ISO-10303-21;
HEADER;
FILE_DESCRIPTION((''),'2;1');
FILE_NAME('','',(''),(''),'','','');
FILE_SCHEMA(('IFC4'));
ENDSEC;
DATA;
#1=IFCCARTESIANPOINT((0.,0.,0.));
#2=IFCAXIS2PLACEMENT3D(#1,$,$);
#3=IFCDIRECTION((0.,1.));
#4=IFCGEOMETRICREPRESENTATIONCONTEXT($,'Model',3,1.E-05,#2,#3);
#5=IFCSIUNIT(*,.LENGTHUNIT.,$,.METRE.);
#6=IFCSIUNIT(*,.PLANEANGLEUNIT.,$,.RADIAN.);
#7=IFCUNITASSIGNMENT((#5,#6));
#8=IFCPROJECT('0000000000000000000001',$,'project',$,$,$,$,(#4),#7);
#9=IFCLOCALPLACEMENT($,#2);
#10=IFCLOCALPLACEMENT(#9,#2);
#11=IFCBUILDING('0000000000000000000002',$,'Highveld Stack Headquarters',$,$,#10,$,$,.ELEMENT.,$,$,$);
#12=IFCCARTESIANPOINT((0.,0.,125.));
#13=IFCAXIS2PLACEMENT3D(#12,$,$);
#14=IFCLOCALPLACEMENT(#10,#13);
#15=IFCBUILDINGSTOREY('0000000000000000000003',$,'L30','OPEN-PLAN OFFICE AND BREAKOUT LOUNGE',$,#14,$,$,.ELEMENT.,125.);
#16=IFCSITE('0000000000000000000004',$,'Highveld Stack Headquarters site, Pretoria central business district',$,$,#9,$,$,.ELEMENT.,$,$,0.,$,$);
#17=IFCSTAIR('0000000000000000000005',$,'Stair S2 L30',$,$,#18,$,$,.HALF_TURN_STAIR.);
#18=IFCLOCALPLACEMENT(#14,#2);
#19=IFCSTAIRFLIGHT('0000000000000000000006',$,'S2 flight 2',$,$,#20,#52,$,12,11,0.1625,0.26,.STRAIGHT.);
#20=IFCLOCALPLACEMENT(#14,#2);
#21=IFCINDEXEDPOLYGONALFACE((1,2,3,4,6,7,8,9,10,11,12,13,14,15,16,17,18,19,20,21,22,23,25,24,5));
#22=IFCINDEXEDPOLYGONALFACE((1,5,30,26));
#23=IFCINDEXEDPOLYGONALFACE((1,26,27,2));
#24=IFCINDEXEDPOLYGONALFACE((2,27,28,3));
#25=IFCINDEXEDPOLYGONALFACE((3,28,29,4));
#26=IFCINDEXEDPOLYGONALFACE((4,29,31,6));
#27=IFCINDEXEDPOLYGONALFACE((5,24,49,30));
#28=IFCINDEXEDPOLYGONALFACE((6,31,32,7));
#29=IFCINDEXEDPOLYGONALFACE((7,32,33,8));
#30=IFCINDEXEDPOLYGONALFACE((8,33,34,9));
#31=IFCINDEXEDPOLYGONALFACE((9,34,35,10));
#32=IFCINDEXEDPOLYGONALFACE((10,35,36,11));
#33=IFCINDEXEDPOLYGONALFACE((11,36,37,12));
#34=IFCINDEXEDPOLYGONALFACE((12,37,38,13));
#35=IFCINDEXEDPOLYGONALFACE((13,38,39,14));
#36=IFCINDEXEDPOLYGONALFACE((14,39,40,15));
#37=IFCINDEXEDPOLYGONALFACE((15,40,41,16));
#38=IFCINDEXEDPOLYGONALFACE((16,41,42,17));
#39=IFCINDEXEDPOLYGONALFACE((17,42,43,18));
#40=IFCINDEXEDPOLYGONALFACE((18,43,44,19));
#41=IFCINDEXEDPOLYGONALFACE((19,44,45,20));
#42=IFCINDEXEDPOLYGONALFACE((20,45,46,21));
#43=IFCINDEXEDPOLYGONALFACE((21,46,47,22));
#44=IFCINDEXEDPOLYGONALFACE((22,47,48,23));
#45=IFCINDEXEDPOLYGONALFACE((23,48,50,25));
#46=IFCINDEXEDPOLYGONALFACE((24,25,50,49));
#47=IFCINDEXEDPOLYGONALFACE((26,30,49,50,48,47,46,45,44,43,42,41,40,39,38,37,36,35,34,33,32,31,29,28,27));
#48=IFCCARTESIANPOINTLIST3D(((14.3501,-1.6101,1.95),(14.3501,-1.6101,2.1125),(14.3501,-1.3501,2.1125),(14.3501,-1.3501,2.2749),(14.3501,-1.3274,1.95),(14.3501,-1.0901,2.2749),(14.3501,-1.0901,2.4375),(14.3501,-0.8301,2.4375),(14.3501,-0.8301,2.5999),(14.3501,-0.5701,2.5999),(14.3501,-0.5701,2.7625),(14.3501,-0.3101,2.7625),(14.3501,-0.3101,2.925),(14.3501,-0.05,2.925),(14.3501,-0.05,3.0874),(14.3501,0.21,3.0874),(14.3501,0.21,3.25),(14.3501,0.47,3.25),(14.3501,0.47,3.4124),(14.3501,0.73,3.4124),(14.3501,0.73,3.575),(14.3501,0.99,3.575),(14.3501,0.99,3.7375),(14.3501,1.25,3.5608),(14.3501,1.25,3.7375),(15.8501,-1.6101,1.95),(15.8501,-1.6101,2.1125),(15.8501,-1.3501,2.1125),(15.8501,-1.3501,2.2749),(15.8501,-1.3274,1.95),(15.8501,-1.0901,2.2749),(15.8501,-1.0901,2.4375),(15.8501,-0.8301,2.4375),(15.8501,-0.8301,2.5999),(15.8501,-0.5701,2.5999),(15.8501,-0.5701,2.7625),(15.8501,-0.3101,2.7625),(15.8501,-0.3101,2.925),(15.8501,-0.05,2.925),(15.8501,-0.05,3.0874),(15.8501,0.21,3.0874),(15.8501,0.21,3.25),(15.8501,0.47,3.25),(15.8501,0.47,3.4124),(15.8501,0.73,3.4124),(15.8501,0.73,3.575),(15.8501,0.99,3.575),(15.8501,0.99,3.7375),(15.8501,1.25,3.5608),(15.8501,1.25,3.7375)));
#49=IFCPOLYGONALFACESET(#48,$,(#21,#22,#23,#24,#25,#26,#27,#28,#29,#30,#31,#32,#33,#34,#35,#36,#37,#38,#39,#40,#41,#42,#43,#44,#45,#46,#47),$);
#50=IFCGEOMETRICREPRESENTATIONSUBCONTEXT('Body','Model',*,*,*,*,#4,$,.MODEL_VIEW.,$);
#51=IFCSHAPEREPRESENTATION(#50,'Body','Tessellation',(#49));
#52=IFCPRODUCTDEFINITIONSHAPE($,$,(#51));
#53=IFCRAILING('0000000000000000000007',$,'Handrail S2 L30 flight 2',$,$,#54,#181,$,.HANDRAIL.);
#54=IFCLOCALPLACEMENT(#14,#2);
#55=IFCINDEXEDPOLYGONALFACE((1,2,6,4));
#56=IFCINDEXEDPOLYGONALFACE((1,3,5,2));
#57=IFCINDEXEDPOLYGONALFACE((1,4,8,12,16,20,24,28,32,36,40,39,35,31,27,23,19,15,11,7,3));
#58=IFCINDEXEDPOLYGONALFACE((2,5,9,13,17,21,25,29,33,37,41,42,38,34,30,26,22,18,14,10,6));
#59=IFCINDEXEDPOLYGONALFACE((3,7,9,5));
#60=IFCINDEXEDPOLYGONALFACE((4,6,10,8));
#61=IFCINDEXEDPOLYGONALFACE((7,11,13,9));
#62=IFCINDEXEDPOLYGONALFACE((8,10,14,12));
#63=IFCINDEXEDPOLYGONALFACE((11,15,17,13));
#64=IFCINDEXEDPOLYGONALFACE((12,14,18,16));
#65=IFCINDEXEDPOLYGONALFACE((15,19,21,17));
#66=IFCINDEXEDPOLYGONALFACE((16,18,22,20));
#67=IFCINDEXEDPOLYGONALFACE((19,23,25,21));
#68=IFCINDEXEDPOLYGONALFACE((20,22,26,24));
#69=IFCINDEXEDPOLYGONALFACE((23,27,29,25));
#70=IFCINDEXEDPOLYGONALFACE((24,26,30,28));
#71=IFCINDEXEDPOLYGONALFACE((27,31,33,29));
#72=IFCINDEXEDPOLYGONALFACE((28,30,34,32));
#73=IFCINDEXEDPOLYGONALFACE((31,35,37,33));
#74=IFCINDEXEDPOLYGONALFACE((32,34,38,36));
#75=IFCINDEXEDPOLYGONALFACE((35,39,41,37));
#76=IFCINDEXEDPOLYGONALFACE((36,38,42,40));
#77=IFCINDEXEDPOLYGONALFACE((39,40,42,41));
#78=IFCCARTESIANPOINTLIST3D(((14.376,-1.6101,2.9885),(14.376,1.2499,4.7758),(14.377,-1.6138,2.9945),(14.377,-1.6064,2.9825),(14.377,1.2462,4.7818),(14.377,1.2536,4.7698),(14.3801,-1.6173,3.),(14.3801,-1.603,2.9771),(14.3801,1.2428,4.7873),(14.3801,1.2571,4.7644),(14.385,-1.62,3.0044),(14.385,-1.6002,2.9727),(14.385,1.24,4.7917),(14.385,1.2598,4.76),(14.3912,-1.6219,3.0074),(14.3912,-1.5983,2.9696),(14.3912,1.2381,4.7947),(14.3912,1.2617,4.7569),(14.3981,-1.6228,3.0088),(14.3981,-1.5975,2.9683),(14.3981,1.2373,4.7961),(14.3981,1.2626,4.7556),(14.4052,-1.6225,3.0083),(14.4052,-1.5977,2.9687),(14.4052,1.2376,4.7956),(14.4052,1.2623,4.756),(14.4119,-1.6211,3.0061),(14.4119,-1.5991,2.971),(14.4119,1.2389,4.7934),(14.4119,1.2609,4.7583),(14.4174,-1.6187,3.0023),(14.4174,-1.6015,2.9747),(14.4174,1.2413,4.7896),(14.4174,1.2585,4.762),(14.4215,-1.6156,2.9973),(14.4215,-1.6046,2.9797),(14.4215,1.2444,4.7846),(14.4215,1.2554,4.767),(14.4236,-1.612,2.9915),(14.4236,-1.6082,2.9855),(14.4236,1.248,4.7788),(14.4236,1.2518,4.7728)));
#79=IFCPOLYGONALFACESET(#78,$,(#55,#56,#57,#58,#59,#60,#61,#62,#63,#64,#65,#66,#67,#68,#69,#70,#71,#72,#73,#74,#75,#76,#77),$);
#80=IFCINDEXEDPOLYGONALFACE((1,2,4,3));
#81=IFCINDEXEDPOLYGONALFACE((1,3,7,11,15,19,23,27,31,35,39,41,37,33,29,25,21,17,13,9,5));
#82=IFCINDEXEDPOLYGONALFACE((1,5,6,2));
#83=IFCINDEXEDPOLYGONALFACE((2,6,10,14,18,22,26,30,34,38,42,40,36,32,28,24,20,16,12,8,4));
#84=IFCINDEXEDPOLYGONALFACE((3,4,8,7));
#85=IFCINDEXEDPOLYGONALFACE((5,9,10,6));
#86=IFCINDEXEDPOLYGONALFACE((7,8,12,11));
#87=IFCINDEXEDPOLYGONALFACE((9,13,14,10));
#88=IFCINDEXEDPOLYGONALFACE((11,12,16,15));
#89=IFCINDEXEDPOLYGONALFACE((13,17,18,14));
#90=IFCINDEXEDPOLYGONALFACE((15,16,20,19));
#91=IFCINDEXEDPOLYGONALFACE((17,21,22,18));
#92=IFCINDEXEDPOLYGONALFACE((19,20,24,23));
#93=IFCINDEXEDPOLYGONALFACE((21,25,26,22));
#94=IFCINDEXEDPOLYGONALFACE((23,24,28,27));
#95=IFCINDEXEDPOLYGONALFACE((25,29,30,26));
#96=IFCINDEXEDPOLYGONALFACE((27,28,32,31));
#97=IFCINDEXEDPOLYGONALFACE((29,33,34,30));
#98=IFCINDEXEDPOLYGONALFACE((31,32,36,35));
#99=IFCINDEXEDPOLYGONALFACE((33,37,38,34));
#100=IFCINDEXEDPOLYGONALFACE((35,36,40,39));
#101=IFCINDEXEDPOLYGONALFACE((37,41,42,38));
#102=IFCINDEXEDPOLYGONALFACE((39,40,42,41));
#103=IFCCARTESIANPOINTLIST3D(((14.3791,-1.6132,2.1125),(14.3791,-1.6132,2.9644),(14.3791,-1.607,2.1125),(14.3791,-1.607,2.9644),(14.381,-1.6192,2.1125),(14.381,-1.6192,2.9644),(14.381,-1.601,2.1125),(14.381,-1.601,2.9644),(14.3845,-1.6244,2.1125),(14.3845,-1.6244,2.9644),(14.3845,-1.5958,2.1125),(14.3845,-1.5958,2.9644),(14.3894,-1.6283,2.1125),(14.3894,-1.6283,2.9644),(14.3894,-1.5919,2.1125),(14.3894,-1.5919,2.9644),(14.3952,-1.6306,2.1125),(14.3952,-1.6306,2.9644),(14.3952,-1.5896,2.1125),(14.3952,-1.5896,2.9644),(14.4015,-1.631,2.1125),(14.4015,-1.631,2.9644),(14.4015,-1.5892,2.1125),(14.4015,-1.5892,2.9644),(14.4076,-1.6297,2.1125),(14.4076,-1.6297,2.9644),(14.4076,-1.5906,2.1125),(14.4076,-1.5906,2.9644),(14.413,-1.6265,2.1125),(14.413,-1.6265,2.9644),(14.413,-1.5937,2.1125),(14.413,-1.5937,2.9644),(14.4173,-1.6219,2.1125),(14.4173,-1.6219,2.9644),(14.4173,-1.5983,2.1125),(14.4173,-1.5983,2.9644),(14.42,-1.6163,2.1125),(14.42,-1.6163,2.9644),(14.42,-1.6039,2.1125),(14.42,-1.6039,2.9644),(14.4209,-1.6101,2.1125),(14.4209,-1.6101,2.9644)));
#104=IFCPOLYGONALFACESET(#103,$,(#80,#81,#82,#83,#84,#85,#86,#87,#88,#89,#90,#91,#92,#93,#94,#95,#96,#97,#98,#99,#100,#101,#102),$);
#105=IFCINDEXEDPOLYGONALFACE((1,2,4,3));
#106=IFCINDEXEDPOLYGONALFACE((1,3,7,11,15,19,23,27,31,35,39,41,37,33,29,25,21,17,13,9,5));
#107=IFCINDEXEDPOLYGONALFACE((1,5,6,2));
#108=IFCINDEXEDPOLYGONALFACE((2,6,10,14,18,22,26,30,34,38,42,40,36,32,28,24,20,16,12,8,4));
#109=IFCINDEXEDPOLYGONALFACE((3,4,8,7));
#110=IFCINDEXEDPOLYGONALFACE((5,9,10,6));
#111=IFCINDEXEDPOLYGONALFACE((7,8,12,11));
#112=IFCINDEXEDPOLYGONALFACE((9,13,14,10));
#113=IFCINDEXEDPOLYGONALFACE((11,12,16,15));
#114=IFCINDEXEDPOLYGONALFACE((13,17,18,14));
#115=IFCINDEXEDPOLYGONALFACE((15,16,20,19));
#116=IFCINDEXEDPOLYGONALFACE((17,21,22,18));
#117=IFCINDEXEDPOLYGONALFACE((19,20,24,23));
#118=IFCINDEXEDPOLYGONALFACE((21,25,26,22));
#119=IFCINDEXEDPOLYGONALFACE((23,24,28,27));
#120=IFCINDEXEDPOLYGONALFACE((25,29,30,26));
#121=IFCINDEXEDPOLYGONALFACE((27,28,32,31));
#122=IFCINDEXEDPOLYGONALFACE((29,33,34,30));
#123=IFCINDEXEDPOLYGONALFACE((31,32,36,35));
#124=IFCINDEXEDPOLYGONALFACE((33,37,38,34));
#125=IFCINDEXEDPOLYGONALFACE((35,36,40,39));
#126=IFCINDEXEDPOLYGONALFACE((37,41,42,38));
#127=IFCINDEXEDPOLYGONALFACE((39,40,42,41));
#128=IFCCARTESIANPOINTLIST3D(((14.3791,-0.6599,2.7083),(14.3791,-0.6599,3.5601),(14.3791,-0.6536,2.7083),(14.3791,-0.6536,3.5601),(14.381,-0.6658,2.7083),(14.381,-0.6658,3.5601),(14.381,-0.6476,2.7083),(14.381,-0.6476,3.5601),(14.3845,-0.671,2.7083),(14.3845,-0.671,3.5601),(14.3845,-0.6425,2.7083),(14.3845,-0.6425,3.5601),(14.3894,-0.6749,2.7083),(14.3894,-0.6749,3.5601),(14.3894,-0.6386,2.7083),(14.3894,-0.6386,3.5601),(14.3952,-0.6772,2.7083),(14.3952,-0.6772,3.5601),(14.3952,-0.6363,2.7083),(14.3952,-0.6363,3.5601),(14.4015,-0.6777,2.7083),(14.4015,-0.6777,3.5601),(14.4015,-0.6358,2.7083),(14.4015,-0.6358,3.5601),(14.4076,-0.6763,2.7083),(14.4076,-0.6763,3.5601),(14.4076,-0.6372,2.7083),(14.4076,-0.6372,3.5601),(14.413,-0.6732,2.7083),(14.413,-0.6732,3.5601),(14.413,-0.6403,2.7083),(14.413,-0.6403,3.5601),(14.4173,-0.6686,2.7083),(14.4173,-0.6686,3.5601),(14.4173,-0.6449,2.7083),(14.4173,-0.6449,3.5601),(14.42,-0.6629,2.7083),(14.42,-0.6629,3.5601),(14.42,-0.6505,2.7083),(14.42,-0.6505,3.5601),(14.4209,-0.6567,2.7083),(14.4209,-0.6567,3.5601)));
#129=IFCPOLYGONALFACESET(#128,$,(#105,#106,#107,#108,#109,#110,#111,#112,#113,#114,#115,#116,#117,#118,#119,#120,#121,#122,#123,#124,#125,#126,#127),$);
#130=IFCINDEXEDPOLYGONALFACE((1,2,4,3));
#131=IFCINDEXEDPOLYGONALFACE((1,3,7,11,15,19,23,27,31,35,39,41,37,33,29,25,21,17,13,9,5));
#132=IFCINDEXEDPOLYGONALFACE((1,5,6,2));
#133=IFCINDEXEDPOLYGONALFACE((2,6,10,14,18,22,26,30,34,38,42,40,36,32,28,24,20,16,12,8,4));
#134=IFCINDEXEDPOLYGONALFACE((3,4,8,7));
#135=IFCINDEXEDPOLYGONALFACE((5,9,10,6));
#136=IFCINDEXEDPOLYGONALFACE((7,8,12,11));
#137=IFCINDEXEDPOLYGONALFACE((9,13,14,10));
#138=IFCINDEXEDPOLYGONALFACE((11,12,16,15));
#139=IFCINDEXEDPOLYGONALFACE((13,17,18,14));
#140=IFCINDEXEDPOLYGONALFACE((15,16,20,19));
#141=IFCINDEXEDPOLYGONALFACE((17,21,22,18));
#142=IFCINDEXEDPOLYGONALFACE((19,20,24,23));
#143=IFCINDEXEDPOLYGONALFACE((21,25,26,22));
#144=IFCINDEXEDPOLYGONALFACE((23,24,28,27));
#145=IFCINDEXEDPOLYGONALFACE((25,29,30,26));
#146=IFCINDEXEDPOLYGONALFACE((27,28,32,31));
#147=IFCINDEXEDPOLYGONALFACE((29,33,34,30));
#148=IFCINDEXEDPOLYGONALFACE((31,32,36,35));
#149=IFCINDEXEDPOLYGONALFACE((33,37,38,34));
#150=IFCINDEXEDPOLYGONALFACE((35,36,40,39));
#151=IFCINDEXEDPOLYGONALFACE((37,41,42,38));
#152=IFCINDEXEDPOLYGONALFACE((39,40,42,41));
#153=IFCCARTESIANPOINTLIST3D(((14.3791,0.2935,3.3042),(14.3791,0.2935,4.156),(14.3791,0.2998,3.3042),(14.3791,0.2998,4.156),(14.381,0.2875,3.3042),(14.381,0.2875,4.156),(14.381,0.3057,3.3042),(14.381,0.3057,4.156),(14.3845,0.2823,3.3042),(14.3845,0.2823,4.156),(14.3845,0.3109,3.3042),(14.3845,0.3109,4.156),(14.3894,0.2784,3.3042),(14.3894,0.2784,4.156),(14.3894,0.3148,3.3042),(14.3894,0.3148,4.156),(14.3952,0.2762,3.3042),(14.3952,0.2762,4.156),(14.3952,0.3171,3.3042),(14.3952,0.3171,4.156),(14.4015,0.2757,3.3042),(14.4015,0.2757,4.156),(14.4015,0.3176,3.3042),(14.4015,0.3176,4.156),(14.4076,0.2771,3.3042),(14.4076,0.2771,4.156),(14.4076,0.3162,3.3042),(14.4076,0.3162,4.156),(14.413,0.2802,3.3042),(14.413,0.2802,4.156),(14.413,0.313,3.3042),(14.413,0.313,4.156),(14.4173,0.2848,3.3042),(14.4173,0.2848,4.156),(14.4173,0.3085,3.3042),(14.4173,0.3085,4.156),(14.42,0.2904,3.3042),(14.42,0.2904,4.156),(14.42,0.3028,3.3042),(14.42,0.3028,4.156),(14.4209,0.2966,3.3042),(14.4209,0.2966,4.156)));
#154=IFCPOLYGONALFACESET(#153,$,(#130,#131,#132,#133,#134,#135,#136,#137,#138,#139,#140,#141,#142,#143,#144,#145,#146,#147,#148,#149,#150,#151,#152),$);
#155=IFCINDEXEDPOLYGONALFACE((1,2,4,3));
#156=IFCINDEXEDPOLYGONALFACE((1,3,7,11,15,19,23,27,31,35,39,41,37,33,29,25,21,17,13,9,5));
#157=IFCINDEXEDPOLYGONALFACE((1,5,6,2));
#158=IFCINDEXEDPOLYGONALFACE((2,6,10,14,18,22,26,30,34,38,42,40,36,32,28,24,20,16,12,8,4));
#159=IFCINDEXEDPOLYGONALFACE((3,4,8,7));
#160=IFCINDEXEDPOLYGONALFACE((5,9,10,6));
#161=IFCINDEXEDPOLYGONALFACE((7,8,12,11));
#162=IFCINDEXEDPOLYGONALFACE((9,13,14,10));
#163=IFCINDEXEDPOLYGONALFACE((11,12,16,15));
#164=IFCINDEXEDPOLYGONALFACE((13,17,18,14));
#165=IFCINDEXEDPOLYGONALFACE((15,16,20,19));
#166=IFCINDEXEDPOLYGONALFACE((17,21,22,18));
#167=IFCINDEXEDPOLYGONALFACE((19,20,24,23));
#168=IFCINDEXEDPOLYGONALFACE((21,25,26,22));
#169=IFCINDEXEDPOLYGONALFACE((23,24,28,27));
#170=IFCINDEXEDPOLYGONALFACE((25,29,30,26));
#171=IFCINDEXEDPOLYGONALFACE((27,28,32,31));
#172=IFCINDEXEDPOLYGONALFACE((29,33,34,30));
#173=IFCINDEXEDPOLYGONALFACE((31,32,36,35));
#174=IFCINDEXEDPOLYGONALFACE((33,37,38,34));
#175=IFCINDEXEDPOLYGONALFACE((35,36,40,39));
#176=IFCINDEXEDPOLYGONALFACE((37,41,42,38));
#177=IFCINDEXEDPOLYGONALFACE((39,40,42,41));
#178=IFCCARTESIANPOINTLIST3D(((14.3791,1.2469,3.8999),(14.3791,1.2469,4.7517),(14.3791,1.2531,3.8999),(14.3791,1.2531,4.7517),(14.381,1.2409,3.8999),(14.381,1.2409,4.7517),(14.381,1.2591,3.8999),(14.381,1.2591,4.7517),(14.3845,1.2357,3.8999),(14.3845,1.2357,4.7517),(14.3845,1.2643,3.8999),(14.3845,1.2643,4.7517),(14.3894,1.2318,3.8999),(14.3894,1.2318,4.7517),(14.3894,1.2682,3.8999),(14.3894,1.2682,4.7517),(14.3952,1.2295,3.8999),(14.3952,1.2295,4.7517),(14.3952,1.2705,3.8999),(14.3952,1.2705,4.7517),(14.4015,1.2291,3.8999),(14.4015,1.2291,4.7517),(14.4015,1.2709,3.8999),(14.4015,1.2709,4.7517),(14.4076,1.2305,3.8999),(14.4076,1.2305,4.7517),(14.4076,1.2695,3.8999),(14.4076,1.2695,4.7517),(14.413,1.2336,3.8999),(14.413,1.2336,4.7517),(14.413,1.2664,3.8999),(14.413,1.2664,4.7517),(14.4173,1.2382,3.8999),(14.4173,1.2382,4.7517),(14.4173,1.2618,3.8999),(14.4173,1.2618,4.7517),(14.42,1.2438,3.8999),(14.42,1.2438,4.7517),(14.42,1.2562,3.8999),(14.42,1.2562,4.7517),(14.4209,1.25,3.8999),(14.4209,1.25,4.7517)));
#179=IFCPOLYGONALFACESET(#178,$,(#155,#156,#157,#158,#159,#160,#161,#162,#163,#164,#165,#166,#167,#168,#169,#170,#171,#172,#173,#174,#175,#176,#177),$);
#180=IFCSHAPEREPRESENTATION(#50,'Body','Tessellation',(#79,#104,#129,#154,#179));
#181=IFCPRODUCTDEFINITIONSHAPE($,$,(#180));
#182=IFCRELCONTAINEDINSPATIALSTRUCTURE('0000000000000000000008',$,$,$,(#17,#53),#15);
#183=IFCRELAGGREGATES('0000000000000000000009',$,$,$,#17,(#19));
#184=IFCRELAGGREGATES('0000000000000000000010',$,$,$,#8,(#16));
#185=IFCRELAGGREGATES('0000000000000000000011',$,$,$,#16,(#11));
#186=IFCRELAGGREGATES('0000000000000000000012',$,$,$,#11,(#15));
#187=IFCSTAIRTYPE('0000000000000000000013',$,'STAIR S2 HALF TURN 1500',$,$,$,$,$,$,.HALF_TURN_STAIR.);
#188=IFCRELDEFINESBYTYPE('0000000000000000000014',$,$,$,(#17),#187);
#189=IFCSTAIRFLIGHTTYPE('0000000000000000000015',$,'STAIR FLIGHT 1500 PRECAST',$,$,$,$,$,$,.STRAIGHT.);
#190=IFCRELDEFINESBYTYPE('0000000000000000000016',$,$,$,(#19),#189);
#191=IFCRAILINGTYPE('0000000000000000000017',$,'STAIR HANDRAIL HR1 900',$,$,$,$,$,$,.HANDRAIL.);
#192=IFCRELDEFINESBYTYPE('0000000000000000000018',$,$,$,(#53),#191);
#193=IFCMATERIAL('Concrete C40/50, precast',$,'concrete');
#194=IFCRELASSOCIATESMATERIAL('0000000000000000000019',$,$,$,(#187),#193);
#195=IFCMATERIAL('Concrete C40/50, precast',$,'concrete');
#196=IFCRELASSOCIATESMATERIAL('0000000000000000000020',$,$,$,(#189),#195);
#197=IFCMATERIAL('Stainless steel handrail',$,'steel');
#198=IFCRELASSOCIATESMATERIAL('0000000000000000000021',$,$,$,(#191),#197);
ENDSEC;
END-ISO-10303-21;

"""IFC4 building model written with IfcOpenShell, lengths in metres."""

from ifc_helpers import new_model, si_unit, direction, frame, origin, origin_2d, place, context, subcontext, project, spatial, polyline, circle, outline, extrude, material, type_object, element, aggregate, save


model = new_model("IFC4")

# Units and contexts
model_context = context("Model", 3, precision=1e-05, world=origin(), true_north=direction((0.0, 1.0)))
body_context = subcontext(model_context, "Body", "Model", "MODEL_VIEW")
ifc_project = project(units=[si_unit("LENGTHUNIT", "METRE"), si_unit("PLANEANGLEUNIT", "RADIAN")], contexts=[model_context])

# Site, building, storey
site_placement = place(None, origin())
site = spatial("IfcSite", under=ifc_project, at=site_placement, Name="Highveld Stack Headquarters site, Pretoria central business district", CompositionType="ELEMENT", RefElevation=0.0)
building_placement = place(site_placement, origin())
building = spatial("IfcBuilding", under=site, at=building_placement, Name="Highveld Stack Headquarters", CompositionType="ELEMENT")
storey_placement = place(building_placement, frame((0.0, 0.0, 125.0)))
storey = spatial("IfcBuildingStorey", under=building, at=storey_placement, Name="L30", Description="OPEN-PLAN OFFICE AND BREAKOUT LOUNGE", CompositionType="ELEMENT", Elevation=125.0)

# Stair, stair flight
ifc_material_1 = material(Name="Concrete C40/50, precast", Category="concrete")
stair_type = type_object("IfcStairType", Name="STAIR S2 HALF TURN 1500", PredefinedType="HALF_TURN_STAIR", material=ifc_material_1)
stair_placement = place(storey_placement, origin())
stair = element("IfcStair", 1, at=stair_placement, inside=storey, type_object=stair_type, Name="Stair S2 L30", PredefinedType="HALF_TURN_STAIR")
ifc_material_2 = material(Name="Concrete C40/50, precast", Category="concrete")
stair_flight_type = type_object("IfcStairFlightType", Name="STAIR FLIGHT 1500 PRECAST", PredefinedType="STRAIGHT", material=ifc_material_2)
stair_flight_placement = place(storey_placement, frame((15.1001, -1.6101, 1.95), z_axis=(0.0, 0.0, 1.0), x_axis=(0.0, 1.0, 0.0)))
stair_flight = element("IfcStairFlight", 2, at=stair_flight_placement, type_object=stair_flight_type, Name="S2 flight 2", NumberOfRisers=12, NumberOfTreads=11, PredefinedType="STRAIGHT", RiserHeight=0.1625, TreadLength=0.26, context=body_context, shape_type="SweptSolid", body=[
    extrude(outline(polyline([(0.0, 0.0), (0.0, 0.1626), (0.26, 0.1626), (0.26, 0.325), (0.52, 0.325), (0.52, 0.4875), (0.78, 0.4875), (0.78, 0.6499), (1.04, 0.6499), (1.04, 0.8125), (1.3, 0.8125), (1.3, 0.9751), (1.5601, 0.9751), (1.5601, 1.1375), (1.8201, 1.1375), (1.8201, 1.3), (2.0801, 1.3), (2.0801, 1.4624), (2.3401, 1.4624), (2.3401, 1.625), (2.6001, 1.625), (2.6001, 1.7876), (2.8601, 1.7876), (2.8601, 1.95), (2.8601, 1.6108), (0.2827, 0.0), (0.0, 0.0)])), frame((0.0, 0.75, 0.0), z_axis=(0.0, -1.0, 0.0), x_axis=(1.0, 0.0, 0.0)), (0.0, 0.0, 1.0), 1.5),
])
aggregate(stair, [stair_flight])

# Railing
ifc_material_3 = material(Name="Stainless steel handrail", Category="steel")
railing_type = type_object("IfcRailingType", Name="STAIR HANDRAIL HR1 900", PredefinedType="HANDRAIL", material=ifc_material_3)
railing_placement = place(storey_placement, frame((14.3999, -1.6101, 2.1125)))
element("IfcRailing", 3, at=railing_placement, inside=storey, type_object=railing_type, Name="Handrail S2 L30 flight 2", PredefinedType="HANDRAIL", context=body_context, shape_type="SweptSolid", body=[
    extrude(circle(Radius=0.0239, at=origin_2d()), frame((0.0, 0.0, 0.876), z_axis=(0.0, 0.848027, 0.529953), x_axis=(-1.0, 0.0, 0.0)), (0.0, 0.0, 1.0), 3.3726),
    extrude(circle(Radius=0.021, at=origin_2d()), origin(), (0.0, 0.0, 1.0), 0.8518),
    extrude(circle(Radius=0.021, at=origin_2d()), frame((0.0, 0.9534, 0.5957)), (0.0, 0.0, 1.0), 0.8518),
    extrude(circle(Radius=0.021, at=origin_2d()), frame((0.0, 1.9067, 1.1917)), (0.0, 0.0, 1.0), 0.8518),
    extrude(circle(Radius=0.021, at=origin_2d()), frame((0.0, 2.8601, 1.7874)), (0.0, 0.0, 1.0), 0.8518),
])

save(model, "model.ifc")
